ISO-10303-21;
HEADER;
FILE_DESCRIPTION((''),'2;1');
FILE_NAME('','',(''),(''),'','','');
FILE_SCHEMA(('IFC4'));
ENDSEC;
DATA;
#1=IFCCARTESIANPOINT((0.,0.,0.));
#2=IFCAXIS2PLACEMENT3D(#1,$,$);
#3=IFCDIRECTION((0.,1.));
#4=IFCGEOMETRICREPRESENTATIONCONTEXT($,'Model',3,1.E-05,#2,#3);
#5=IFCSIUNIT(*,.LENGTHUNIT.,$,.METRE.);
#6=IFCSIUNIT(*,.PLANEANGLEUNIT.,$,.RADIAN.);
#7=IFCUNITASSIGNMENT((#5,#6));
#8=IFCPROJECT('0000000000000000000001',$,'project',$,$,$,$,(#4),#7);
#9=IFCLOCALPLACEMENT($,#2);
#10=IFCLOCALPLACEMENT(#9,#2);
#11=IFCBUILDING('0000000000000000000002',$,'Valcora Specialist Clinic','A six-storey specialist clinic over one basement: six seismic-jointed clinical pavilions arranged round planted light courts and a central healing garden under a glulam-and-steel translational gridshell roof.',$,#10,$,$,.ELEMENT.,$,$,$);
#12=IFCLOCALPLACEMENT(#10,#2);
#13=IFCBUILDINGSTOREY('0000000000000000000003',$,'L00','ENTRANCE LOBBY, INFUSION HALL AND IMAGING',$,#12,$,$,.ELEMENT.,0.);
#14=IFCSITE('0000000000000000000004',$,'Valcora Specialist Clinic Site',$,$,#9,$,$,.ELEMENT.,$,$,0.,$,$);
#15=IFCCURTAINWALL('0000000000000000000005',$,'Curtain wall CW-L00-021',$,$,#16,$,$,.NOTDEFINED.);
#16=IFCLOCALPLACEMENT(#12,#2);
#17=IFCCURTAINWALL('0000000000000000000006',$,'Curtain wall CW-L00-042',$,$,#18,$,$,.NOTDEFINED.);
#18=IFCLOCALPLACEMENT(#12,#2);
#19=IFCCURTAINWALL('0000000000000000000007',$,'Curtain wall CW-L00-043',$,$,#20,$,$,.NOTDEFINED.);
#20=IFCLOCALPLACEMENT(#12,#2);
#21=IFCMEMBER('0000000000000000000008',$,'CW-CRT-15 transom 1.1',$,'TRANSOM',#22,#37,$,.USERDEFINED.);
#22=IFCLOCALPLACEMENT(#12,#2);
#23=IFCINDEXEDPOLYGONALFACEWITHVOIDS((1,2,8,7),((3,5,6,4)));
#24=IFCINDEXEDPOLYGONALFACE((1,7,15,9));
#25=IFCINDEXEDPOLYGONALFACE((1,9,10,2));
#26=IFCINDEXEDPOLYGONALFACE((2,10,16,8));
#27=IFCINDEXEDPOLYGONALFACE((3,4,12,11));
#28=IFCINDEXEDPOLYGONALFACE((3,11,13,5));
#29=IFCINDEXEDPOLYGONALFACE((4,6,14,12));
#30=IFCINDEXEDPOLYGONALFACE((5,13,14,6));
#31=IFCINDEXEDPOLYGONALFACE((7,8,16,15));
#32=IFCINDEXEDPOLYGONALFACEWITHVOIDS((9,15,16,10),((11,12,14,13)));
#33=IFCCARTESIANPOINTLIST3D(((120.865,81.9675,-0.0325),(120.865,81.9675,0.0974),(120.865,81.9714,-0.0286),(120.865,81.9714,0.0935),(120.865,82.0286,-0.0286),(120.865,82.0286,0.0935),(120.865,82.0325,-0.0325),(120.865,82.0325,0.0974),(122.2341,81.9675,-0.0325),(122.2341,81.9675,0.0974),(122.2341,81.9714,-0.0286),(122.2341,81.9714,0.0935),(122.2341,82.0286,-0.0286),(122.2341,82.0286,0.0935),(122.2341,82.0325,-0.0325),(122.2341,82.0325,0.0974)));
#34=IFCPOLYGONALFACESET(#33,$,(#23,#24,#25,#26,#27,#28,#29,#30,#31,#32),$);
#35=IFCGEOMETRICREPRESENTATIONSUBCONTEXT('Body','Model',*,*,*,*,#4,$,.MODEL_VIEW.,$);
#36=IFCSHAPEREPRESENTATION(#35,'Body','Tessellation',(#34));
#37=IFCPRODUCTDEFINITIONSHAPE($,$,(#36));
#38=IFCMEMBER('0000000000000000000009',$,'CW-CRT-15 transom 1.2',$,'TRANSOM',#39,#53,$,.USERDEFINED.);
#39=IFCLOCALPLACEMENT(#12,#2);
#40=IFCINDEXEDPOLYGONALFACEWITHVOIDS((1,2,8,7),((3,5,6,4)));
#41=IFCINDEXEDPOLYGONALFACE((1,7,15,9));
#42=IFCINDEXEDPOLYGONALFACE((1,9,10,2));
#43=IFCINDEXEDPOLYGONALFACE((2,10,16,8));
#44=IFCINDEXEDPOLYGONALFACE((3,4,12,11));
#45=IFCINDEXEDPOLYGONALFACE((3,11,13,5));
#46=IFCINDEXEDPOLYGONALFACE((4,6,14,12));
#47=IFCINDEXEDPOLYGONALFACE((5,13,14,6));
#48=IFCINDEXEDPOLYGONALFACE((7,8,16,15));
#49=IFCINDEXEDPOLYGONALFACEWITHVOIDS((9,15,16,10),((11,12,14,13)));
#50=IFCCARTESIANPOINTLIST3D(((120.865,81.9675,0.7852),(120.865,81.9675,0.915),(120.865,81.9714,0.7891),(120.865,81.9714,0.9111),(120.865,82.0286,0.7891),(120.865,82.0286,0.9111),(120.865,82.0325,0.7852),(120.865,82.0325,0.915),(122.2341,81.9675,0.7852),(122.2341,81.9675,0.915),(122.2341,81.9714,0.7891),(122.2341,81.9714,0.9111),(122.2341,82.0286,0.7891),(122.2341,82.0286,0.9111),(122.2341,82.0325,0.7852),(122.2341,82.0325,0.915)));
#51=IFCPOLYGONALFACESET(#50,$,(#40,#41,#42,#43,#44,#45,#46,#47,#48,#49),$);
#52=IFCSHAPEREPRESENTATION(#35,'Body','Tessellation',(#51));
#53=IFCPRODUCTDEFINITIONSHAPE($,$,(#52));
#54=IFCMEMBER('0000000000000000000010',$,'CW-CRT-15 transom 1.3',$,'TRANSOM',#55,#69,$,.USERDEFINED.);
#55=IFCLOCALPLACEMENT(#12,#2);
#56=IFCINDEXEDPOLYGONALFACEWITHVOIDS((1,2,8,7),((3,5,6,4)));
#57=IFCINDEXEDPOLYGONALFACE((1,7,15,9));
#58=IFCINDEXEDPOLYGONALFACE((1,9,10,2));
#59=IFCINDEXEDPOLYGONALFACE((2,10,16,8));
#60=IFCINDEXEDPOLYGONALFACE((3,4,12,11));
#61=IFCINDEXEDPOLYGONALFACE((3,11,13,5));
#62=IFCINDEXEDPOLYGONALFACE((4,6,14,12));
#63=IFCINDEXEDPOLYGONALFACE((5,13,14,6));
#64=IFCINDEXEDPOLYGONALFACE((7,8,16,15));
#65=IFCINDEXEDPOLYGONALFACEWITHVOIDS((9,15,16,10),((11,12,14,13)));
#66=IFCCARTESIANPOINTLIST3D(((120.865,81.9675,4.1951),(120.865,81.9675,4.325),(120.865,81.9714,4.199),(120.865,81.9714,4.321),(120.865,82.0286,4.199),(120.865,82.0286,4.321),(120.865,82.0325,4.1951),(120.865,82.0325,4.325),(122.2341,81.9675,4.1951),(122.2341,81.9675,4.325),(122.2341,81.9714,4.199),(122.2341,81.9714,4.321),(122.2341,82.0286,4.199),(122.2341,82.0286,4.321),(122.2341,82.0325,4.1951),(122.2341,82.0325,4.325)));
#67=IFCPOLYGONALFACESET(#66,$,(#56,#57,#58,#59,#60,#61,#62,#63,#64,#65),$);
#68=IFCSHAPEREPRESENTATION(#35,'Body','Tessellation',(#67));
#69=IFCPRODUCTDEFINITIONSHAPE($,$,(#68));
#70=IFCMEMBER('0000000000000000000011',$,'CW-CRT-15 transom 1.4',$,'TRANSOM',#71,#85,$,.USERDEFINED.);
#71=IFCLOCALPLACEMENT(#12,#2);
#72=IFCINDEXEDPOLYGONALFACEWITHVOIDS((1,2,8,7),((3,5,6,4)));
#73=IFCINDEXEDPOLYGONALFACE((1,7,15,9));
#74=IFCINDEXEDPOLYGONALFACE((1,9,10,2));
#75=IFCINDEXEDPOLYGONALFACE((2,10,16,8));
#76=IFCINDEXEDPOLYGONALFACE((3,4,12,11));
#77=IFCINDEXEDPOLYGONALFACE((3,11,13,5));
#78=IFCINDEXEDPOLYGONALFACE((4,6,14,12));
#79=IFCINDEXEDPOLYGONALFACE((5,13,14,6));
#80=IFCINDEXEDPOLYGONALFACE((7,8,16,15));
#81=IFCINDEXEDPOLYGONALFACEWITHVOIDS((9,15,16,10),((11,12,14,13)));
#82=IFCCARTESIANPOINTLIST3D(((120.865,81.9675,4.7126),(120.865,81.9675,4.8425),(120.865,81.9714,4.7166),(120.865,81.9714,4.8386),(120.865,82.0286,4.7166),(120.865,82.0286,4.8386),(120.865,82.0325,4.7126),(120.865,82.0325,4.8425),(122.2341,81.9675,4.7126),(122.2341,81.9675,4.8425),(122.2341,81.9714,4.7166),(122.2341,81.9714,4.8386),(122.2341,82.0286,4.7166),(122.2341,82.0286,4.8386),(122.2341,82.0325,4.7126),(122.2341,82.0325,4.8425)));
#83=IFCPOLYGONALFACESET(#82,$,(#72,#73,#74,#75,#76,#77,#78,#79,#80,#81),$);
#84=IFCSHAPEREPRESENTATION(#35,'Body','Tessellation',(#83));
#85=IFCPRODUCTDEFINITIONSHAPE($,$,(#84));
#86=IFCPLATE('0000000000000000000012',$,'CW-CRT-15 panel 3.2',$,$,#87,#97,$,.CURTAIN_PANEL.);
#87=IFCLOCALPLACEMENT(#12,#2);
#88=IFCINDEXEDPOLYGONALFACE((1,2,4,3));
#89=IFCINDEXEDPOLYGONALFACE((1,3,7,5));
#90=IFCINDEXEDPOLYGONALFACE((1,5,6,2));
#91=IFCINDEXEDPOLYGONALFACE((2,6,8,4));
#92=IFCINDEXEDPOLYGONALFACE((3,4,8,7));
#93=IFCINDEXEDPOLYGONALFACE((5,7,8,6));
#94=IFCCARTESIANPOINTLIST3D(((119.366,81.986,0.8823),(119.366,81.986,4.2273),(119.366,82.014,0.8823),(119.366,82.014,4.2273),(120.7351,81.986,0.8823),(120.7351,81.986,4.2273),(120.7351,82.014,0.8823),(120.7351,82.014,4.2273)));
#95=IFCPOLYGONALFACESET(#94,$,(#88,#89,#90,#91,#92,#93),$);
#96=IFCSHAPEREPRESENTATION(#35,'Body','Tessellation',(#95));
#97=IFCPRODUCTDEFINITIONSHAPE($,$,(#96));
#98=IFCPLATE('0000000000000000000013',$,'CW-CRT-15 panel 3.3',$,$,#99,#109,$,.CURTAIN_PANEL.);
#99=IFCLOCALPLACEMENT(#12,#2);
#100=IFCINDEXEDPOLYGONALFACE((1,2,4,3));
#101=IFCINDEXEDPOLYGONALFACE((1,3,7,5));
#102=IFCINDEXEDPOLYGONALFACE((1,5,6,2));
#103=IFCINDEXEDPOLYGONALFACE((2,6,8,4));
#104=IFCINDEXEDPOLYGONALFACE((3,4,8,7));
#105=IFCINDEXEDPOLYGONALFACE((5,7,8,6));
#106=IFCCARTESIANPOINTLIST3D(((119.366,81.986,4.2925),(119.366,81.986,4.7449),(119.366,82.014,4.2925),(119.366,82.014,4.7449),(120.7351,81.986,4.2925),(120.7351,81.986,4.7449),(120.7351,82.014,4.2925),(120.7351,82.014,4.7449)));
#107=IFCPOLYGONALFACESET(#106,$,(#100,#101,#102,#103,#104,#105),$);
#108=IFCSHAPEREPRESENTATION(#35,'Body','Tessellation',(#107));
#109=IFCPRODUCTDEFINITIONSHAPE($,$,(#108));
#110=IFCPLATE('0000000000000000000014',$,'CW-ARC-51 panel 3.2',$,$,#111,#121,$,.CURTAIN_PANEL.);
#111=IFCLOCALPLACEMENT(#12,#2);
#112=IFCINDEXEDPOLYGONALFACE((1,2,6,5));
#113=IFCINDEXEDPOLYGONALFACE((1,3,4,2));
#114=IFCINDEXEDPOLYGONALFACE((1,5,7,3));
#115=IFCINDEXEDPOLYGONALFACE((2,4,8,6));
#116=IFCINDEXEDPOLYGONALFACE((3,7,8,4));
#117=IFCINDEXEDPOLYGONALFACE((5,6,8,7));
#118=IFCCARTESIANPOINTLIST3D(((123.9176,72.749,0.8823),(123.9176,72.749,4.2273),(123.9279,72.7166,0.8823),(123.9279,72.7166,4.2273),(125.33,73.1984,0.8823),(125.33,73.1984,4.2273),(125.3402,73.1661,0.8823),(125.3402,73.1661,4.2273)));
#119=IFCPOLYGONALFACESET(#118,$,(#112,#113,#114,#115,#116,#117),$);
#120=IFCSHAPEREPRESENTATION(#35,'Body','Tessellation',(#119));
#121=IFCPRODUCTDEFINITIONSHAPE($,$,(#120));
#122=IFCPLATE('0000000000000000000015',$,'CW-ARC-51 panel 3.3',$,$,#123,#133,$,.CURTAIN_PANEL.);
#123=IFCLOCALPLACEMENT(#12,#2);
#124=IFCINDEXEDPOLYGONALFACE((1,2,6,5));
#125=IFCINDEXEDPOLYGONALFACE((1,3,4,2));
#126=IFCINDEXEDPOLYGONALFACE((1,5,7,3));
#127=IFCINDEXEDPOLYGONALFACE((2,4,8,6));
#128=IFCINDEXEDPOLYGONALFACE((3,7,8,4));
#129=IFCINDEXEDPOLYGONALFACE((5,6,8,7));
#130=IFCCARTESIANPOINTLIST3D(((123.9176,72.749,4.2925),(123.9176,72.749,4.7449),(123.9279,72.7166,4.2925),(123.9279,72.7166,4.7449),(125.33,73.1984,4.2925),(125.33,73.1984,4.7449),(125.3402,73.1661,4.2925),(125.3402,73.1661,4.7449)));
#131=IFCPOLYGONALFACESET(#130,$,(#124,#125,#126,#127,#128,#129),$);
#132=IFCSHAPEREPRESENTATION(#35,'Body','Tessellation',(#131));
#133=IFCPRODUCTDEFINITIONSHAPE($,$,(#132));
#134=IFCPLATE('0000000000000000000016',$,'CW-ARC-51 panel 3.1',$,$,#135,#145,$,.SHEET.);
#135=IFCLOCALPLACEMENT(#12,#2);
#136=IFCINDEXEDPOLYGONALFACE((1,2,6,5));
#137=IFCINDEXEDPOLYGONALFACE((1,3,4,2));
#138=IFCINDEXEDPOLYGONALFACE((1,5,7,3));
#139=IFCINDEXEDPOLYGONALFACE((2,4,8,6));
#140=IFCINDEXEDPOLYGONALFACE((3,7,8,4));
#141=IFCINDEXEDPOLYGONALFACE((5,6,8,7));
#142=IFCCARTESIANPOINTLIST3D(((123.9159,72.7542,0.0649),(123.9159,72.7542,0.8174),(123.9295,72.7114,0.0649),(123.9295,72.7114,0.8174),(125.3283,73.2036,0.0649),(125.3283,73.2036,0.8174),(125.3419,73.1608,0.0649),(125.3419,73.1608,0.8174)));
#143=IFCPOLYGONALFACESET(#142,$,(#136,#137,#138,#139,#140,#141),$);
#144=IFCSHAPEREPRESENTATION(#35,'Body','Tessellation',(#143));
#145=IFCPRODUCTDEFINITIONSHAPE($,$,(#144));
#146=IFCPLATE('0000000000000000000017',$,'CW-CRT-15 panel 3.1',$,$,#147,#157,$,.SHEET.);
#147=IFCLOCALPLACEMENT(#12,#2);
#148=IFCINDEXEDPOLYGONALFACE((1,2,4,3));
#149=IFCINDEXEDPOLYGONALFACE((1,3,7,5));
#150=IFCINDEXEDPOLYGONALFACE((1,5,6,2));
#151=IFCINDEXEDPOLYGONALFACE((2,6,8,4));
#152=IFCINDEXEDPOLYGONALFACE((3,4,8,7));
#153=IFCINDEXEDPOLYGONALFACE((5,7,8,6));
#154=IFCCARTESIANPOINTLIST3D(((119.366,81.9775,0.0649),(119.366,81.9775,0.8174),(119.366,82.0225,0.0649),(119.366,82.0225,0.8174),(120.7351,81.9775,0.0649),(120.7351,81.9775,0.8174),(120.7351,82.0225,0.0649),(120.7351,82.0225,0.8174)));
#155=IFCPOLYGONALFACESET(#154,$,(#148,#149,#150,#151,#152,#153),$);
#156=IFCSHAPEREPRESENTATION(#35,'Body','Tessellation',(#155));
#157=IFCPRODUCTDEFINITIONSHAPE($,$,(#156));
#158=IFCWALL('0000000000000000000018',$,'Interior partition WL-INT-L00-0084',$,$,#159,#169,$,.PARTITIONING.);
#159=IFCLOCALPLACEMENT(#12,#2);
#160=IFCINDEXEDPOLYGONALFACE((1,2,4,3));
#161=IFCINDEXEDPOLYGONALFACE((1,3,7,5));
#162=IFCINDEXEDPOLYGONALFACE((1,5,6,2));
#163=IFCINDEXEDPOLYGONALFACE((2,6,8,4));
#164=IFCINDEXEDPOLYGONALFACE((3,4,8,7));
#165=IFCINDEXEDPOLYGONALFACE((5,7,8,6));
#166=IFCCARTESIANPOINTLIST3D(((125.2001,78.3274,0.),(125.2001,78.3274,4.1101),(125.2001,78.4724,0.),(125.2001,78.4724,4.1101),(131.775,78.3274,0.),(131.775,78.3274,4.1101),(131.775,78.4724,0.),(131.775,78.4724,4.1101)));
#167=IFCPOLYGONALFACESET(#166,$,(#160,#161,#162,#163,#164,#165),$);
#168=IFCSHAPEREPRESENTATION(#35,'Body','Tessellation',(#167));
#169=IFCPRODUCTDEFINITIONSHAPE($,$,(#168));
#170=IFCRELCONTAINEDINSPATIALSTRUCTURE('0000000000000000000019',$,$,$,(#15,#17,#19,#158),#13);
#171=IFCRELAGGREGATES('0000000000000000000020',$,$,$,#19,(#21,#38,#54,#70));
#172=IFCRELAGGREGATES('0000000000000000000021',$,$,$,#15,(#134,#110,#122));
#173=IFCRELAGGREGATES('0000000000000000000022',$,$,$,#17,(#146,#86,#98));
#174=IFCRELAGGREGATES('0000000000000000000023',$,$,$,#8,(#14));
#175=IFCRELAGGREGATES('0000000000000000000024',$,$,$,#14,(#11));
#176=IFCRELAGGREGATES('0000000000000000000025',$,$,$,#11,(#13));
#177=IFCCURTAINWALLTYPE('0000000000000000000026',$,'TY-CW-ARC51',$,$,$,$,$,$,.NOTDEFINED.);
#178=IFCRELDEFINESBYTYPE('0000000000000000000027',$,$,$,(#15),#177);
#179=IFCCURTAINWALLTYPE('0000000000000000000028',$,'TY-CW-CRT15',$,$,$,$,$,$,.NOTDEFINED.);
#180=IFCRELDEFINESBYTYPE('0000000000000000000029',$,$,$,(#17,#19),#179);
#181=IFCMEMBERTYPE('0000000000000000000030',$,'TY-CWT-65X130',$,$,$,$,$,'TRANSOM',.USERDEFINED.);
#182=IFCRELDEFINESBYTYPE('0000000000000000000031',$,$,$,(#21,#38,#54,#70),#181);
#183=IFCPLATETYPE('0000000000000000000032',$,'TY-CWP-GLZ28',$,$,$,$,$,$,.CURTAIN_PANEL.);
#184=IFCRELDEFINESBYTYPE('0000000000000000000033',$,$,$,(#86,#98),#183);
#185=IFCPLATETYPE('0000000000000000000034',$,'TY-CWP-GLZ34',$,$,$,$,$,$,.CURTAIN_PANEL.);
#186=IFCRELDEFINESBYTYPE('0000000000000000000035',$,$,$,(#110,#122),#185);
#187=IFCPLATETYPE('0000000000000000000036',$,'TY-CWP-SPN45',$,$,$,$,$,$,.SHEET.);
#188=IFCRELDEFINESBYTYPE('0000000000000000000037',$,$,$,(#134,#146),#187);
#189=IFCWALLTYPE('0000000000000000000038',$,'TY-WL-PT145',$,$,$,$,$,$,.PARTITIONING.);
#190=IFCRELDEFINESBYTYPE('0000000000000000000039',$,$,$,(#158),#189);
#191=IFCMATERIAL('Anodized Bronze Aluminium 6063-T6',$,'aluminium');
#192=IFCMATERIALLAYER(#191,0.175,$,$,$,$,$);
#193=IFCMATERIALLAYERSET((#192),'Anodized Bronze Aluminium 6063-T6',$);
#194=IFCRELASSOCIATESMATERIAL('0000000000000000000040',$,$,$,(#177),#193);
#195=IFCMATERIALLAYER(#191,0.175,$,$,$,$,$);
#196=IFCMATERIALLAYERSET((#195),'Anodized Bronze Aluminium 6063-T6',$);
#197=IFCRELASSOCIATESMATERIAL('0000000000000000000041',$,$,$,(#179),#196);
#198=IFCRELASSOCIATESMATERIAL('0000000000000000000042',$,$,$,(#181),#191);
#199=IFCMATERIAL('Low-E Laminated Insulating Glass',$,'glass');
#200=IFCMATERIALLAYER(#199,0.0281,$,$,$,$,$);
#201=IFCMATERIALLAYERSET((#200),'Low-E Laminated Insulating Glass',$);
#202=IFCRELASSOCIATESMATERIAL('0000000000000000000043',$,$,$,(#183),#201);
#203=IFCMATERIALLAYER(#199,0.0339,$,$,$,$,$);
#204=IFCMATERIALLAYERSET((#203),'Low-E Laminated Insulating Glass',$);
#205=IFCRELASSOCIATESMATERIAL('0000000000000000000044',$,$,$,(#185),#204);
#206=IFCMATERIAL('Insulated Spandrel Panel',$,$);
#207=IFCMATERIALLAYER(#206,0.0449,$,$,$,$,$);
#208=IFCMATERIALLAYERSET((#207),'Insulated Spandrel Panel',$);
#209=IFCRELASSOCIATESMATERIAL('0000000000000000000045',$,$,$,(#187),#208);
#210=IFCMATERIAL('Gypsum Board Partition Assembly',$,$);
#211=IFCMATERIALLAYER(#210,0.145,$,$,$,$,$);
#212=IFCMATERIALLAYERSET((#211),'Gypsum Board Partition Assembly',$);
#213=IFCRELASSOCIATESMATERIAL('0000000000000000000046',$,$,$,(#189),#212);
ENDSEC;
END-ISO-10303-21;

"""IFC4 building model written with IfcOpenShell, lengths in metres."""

from ifc_helpers import new_model, si_unit, direction, frame, frame_2d, origin, origin_2d, place, context, subcontext, project, spatial, rectangle, hollow_rectangle, extrude, material, layer, layer_set, material_profile, profile_set, type_object, element, aggregate, save


model = new_model("IFC4")

# Units and contexts
model_context = context("Model", 3, precision=1e-05, world=origin(), true_north=direction((0.0, 1.0)))
body_context = subcontext(model_context, "Body", "Model", "MODEL_VIEW")
ifc_project = project(units=[si_unit("LENGTHUNIT", "METRE"), si_unit("PLANEANGLEUNIT", "RADIAN")], contexts=[model_context])

# Site, building, storey
site_placement = place(None, origin())
site = spatial("IfcSite", under=ifc_project, at=site_placement, Name="Valcora Specialist Clinic Site", CompositionType="ELEMENT", RefElevation=0.0)
building_placement = place(site_placement, origin())
building = spatial("IfcBuilding", under=site, at=building_placement, Name="Valcora Specialist Clinic", Description="A six-storey specialist clinic over one basement: six seismic-jointed clinical pavilions arranged round planted light courts and a central healing garden under a glulam-and-steel translational gridshell roof.", CompositionType="ELEMENT")
storey_placement = place(building_placement, origin())
storey = spatial("IfcBuildingStorey", under=building, at=storey_placement, Name="L00", Description="ENTRANCE LOBBY, INFUSION HALL AND IMAGING", CompositionType="ELEMENT", Elevation=0.0)

# Curtain walls
ifc_material_1 = material(Name="Anodized Bronze Aluminium 6063-T6", Category="aluminium")
ifc_layer_1 = layer(ifc_material_1, 0.175)
ifc_layer_set_1 = layer_set([ifc_layer_1], Name="Anodized Bronze Aluminium 6063-T6")
curtain_wall_type_1 = type_object("IfcCurtainWallType", Name="TY-CW-ARC51", PredefinedType="NOTDEFINED", material=ifc_layer_set_1)
curtain_wall_1_placement = place(storey_placement, origin())
curtain_wall_1 = element("IfcCurtainWall", 1, at=curtain_wall_1_placement, inside=storey, type_object=curtain_wall_type_1, Name="Curtain wall CW-L00-021", PredefinedType="NOTDEFINED")
ifc_layer_2 = layer(ifc_material_1, 0.175)
ifc_layer_set_2 = layer_set([ifc_layer_2], Name="Anodized Bronze Aluminium 6063-T6")
curtain_wall_type_2 = type_object("IfcCurtainWallType", Name="TY-CW-CRT15", PredefinedType="NOTDEFINED", material=ifc_layer_set_2)
curtain_wall_2_placement = place(storey_placement, origin())
curtain_wall_2 = element("IfcCurtainWall", 2, at=curtain_wall_2_placement, inside=storey, type_object=curtain_wall_type_2, Name="Curtain wall CW-L00-042", PredefinedType="NOTDEFINED")
curtain_wall_3_placement = place(storey_placement, origin())
curtain_wall_3 = element("IfcCurtainWall", 3, at=curtain_wall_3_placement, inside=storey, type_object=curtain_wall_type_2, Name="Curtain wall CW-L00-043", PredefinedType="NOTDEFINED")

# Members
ifc_material_profile_1 = material_profile(ifc_material_1, hollow_rectangle(XDim=0.0649, YDim=0.1299, WallThickness=0.0039, at=origin_2d()), Name="AL-TRN-65X130")
ifc_profile_set_1 = profile_set([ifc_material_profile_1], Name="Anodized Bronze Aluminium 6063-T6")
member_type_1 = type_object("IfcMemberType", Name="TY-CWT-65X130", ElementType="TRANSOM", PredefinedType="USERDEFINED", material=ifc_profile_set_1)
member_1_placement = place(storey_placement, frame((120.865, 82.0, 0.0325), z_axis=(1.0, 0.0, 0.0), x_axis=(0.0, 1.0, 0.0)))
member_1 = element("IfcMember", 4, at=member_1_placement, type_object=member_type_1, Name="CW-CRT-15 transom 1.1", ObjectType="TRANSOM", PredefinedType="USERDEFINED", context=body_context, shape_type="SweptSolid", body=[
    extrude(hollow_rectangle(XDim=0.0649, YDim=0.1299, WallThickness=0.0039, at=origin_2d()), origin(), (0.0, 0.0, 1.0), 1.3691),
])
member_2_placement = place(storey_placement, frame((120.865, 82.0, 0.8501), z_axis=(1.0, 0.0, 0.0), x_axis=(0.0, 1.0, 0.0)))
member_2 = element("IfcMember", 5, at=member_2_placement, type_object=member_type_1, Name="CW-CRT-15 transom 1.2", ObjectType="TRANSOM", PredefinedType="USERDEFINED", context=body_context, shape_type="SweptSolid", body=[
    extrude(hollow_rectangle(XDim=0.0649, YDim=0.1299, WallThickness=0.0039, at=origin_2d()), origin(), (0.0, 0.0, 1.0), 1.3691),
])
member_3_placement = place(storey_placement, frame((120.865, 82.0, 4.26), z_axis=(1.0, 0.0, 0.0), x_axis=(0.0, 1.0, 0.0)))
member_3 = element("IfcMember", 6, at=member_3_placement, type_object=member_type_1, Name="CW-CRT-15 transom 1.3", ObjectType="TRANSOM", PredefinedType="USERDEFINED", context=body_context, shape_type="SweptSolid", body=[
    extrude(hollow_rectangle(XDim=0.0649, YDim=0.1299, WallThickness=0.0039, at=origin_2d()), origin(), (0.0, 0.0, 1.0), 1.3691),
])
member_4_placement = place(storey_placement, frame((120.865, 82.0, 4.7776), z_axis=(1.0, 0.0, 0.0), x_axis=(0.0, 1.0, 0.0)))
member_4 = element("IfcMember", 7, at=member_4_placement, type_object=member_type_1, Name="CW-CRT-15 transom 1.4", ObjectType="TRANSOM", PredefinedType="USERDEFINED", context=body_context, shape_type="SweptSolid", body=[
    extrude(hollow_rectangle(XDim=0.0649, YDim=0.1299, WallThickness=0.0039, at=origin_2d()), origin(), (0.0, 0.0, 1.0), 1.3691),
])
aggregate(curtain_wall_3, [member_1, member_2, member_3, member_4])

# Plates
ifc_material_2 = material(Name="Low-E Laminated Insulating Glass", Category="glass")
ifc_layer_3 = layer(ifc_material_2, 0.0281)
ifc_layer_set_3 = layer_set([ifc_layer_3], Name="Low-E Laminated Insulating Glass")
plate_type_1 = type_object("IfcPlateType", Name="TY-CWP-GLZ28", PredefinedType="CURTAIN_PANEL", material=ifc_layer_set_3)
plate_1_placement = place(storey_placement, frame((120.0505, 82.0, 0.8823), z_axis=(0.0, 0.0, 1.0), x_axis=(1.0, 0.0, 0.0)))
plate_1 = element("IfcPlate", 8, at=plate_1_placement, type_object=plate_type_1, Name="CW-CRT-15 panel 3.2", PredefinedType="CURTAIN_PANEL", context=body_context, shape_type="SweptSolid", body=[
    extrude(rectangle(XDim=1.3691, YDim=0.0281, at=origin_2d()), origin(), (0.0, 0.0, 1.0), 3.345),
])
plate_2_placement = place(storey_placement, frame((120.0505, 82.0, 4.2925), z_axis=(0.0, 0.0, 1.0), x_axis=(1.0, 0.0, 0.0)))
plate_2 = element("IfcPlate", 9, at=plate_2_placement, type_object=plate_type_1, Name="CW-CRT-15 panel 3.3", PredefinedType="CURTAIN_PANEL", context=body_context, shape_type="SweptSolid", body=[
    extrude(rectangle(XDim=1.3691, YDim=0.0281, at=origin_2d()), origin(), (0.0, 0.0, 1.0), 0.4524),
])
ifc_layer_4 = layer(ifc_material_2, 0.0339)
ifc_layer_set_4 = layer_set([ifc_layer_4], Name="Low-E Laminated Insulating Glass")
plate_type_2 = type_object("IfcPlateType", Name="TY-CWP-GLZ34", PredefinedType="CURTAIN_PANEL", material=ifc_layer_set_4)
plate_3_placement = place(storey_placement, frame((124.6289, 72.9575, 0.8823), z_axis=(0.0, 0.0, 1.0), x_axis=(-0.952916, -0.303233, 0.0)))
plate_3 = element("IfcPlate", 10, at=plate_3_placement, type_object=plate_type_2, Name="CW-ARC-51 panel 3.2", PredefinedType="CURTAIN_PANEL", context=body_context, shape_type="SweptSolid", body=[
    extrude(rectangle(XDim=1.4822, YDim=0.0339, at=origin_2d()), origin(), (0.0, 0.0, 1.0), 3.345),
])
plate_4_placement = place(storey_placement, frame((124.6289, 72.9575, 4.2925), z_axis=(0.0, 0.0, 1.0), x_axis=(-0.952916, -0.303233, 0.0)))
plate_4 = element("IfcPlate", 11, at=plate_4_placement, type_object=plate_type_2, Name="CW-ARC-51 panel 3.3", PredefinedType="CURTAIN_PANEL", context=body_context, shape_type="SweptSolid", body=[
    extrude(rectangle(XDim=1.4822, YDim=0.0339, at=origin_2d()), origin(), (0.0, 0.0, 1.0), 0.4524),
])
ifc_material_3 = material(Name="Insulated Spandrel Panel")
ifc_layer_5 = layer(ifc_material_3, 0.0449)
ifc_layer_set_5 = layer_set([ifc_layer_5], Name="Insulated Spandrel Panel")
plate_type_3 = type_object("IfcPlateType", Name="TY-CWP-SPN45", PredefinedType="SHEET", material=ifc_layer_set_5)
plate_5_placement = place(storey_placement, frame((124.6289, 72.9575, 0.0649), z_axis=(0.0, 0.0, 1.0), x_axis=(-0.952916, -0.303233, 0.0)))
plate_5 = element("IfcPlate", 12, at=plate_5_placement, type_object=plate_type_3, Name="CW-ARC-51 panel 3.1", PredefinedType="SHEET", context=body_context, shape_type="SweptSolid", body=[
    extrude(rectangle(XDim=1.4822, YDim=0.0449, at=origin_2d()), origin(), (0.0, 0.0, 1.0), 0.7524),
])
aggregate(curtain_wall_1, [plate_5, plate_3, plate_4])
plate_6_placement = place(storey_placement, frame((120.0505, 82.0, 0.0649), z_axis=(0.0, 0.0, 1.0), x_axis=(1.0, 0.0, 0.0)))
plate_6 = element("IfcPlate", 13, at=plate_6_placement, type_object=plate_type_3, Name="CW-CRT-15 panel 3.1", PredefinedType="SHEET", context=body_context, shape_type="SweptSolid", body=[
    extrude(rectangle(XDim=1.3691, YDim=0.0449, at=origin_2d()), origin(), (0.0, 0.0, 1.0), 0.7524),
])
aggregate(curtain_wall_2, [plate_6, plate_1, plate_2])

# Wall
ifc_material_4 = material(Name="Gypsum Board Partition Assembly")
ifc_layer_6 = layer(ifc_material_4, 0.145)
ifc_layer_set_6 = layer_set([ifc_layer_6], Name="Gypsum Board Partition Assembly")
wall_type = type_object("IfcWallType", Name="TY-WL-PT145", PredefinedType="PARTITIONING", material=ifc_layer_set_6)
wall_placement = place(storey_placement, frame((125.2, 78.3999, 0.0), z_axis=(0.0, 0.0, 1.0), x_axis=(1.0, 0.0, 0.0)))
element("IfcWall", 14, at=wall_placement, inside=storey, type_object=wall_type, Name="Interior partition WL-INT-L00-0084", PredefinedType="PARTITIONING", context=body_context, shape_type="SweptSolid", body=[
    extrude(rectangle(XDim=6.575, YDim=0.145, at=frame_2d((3.2876, 0.0))), origin(), (0.0, 0.0, 1.0), 4.1101),
])

save(model, "model.ifc")
